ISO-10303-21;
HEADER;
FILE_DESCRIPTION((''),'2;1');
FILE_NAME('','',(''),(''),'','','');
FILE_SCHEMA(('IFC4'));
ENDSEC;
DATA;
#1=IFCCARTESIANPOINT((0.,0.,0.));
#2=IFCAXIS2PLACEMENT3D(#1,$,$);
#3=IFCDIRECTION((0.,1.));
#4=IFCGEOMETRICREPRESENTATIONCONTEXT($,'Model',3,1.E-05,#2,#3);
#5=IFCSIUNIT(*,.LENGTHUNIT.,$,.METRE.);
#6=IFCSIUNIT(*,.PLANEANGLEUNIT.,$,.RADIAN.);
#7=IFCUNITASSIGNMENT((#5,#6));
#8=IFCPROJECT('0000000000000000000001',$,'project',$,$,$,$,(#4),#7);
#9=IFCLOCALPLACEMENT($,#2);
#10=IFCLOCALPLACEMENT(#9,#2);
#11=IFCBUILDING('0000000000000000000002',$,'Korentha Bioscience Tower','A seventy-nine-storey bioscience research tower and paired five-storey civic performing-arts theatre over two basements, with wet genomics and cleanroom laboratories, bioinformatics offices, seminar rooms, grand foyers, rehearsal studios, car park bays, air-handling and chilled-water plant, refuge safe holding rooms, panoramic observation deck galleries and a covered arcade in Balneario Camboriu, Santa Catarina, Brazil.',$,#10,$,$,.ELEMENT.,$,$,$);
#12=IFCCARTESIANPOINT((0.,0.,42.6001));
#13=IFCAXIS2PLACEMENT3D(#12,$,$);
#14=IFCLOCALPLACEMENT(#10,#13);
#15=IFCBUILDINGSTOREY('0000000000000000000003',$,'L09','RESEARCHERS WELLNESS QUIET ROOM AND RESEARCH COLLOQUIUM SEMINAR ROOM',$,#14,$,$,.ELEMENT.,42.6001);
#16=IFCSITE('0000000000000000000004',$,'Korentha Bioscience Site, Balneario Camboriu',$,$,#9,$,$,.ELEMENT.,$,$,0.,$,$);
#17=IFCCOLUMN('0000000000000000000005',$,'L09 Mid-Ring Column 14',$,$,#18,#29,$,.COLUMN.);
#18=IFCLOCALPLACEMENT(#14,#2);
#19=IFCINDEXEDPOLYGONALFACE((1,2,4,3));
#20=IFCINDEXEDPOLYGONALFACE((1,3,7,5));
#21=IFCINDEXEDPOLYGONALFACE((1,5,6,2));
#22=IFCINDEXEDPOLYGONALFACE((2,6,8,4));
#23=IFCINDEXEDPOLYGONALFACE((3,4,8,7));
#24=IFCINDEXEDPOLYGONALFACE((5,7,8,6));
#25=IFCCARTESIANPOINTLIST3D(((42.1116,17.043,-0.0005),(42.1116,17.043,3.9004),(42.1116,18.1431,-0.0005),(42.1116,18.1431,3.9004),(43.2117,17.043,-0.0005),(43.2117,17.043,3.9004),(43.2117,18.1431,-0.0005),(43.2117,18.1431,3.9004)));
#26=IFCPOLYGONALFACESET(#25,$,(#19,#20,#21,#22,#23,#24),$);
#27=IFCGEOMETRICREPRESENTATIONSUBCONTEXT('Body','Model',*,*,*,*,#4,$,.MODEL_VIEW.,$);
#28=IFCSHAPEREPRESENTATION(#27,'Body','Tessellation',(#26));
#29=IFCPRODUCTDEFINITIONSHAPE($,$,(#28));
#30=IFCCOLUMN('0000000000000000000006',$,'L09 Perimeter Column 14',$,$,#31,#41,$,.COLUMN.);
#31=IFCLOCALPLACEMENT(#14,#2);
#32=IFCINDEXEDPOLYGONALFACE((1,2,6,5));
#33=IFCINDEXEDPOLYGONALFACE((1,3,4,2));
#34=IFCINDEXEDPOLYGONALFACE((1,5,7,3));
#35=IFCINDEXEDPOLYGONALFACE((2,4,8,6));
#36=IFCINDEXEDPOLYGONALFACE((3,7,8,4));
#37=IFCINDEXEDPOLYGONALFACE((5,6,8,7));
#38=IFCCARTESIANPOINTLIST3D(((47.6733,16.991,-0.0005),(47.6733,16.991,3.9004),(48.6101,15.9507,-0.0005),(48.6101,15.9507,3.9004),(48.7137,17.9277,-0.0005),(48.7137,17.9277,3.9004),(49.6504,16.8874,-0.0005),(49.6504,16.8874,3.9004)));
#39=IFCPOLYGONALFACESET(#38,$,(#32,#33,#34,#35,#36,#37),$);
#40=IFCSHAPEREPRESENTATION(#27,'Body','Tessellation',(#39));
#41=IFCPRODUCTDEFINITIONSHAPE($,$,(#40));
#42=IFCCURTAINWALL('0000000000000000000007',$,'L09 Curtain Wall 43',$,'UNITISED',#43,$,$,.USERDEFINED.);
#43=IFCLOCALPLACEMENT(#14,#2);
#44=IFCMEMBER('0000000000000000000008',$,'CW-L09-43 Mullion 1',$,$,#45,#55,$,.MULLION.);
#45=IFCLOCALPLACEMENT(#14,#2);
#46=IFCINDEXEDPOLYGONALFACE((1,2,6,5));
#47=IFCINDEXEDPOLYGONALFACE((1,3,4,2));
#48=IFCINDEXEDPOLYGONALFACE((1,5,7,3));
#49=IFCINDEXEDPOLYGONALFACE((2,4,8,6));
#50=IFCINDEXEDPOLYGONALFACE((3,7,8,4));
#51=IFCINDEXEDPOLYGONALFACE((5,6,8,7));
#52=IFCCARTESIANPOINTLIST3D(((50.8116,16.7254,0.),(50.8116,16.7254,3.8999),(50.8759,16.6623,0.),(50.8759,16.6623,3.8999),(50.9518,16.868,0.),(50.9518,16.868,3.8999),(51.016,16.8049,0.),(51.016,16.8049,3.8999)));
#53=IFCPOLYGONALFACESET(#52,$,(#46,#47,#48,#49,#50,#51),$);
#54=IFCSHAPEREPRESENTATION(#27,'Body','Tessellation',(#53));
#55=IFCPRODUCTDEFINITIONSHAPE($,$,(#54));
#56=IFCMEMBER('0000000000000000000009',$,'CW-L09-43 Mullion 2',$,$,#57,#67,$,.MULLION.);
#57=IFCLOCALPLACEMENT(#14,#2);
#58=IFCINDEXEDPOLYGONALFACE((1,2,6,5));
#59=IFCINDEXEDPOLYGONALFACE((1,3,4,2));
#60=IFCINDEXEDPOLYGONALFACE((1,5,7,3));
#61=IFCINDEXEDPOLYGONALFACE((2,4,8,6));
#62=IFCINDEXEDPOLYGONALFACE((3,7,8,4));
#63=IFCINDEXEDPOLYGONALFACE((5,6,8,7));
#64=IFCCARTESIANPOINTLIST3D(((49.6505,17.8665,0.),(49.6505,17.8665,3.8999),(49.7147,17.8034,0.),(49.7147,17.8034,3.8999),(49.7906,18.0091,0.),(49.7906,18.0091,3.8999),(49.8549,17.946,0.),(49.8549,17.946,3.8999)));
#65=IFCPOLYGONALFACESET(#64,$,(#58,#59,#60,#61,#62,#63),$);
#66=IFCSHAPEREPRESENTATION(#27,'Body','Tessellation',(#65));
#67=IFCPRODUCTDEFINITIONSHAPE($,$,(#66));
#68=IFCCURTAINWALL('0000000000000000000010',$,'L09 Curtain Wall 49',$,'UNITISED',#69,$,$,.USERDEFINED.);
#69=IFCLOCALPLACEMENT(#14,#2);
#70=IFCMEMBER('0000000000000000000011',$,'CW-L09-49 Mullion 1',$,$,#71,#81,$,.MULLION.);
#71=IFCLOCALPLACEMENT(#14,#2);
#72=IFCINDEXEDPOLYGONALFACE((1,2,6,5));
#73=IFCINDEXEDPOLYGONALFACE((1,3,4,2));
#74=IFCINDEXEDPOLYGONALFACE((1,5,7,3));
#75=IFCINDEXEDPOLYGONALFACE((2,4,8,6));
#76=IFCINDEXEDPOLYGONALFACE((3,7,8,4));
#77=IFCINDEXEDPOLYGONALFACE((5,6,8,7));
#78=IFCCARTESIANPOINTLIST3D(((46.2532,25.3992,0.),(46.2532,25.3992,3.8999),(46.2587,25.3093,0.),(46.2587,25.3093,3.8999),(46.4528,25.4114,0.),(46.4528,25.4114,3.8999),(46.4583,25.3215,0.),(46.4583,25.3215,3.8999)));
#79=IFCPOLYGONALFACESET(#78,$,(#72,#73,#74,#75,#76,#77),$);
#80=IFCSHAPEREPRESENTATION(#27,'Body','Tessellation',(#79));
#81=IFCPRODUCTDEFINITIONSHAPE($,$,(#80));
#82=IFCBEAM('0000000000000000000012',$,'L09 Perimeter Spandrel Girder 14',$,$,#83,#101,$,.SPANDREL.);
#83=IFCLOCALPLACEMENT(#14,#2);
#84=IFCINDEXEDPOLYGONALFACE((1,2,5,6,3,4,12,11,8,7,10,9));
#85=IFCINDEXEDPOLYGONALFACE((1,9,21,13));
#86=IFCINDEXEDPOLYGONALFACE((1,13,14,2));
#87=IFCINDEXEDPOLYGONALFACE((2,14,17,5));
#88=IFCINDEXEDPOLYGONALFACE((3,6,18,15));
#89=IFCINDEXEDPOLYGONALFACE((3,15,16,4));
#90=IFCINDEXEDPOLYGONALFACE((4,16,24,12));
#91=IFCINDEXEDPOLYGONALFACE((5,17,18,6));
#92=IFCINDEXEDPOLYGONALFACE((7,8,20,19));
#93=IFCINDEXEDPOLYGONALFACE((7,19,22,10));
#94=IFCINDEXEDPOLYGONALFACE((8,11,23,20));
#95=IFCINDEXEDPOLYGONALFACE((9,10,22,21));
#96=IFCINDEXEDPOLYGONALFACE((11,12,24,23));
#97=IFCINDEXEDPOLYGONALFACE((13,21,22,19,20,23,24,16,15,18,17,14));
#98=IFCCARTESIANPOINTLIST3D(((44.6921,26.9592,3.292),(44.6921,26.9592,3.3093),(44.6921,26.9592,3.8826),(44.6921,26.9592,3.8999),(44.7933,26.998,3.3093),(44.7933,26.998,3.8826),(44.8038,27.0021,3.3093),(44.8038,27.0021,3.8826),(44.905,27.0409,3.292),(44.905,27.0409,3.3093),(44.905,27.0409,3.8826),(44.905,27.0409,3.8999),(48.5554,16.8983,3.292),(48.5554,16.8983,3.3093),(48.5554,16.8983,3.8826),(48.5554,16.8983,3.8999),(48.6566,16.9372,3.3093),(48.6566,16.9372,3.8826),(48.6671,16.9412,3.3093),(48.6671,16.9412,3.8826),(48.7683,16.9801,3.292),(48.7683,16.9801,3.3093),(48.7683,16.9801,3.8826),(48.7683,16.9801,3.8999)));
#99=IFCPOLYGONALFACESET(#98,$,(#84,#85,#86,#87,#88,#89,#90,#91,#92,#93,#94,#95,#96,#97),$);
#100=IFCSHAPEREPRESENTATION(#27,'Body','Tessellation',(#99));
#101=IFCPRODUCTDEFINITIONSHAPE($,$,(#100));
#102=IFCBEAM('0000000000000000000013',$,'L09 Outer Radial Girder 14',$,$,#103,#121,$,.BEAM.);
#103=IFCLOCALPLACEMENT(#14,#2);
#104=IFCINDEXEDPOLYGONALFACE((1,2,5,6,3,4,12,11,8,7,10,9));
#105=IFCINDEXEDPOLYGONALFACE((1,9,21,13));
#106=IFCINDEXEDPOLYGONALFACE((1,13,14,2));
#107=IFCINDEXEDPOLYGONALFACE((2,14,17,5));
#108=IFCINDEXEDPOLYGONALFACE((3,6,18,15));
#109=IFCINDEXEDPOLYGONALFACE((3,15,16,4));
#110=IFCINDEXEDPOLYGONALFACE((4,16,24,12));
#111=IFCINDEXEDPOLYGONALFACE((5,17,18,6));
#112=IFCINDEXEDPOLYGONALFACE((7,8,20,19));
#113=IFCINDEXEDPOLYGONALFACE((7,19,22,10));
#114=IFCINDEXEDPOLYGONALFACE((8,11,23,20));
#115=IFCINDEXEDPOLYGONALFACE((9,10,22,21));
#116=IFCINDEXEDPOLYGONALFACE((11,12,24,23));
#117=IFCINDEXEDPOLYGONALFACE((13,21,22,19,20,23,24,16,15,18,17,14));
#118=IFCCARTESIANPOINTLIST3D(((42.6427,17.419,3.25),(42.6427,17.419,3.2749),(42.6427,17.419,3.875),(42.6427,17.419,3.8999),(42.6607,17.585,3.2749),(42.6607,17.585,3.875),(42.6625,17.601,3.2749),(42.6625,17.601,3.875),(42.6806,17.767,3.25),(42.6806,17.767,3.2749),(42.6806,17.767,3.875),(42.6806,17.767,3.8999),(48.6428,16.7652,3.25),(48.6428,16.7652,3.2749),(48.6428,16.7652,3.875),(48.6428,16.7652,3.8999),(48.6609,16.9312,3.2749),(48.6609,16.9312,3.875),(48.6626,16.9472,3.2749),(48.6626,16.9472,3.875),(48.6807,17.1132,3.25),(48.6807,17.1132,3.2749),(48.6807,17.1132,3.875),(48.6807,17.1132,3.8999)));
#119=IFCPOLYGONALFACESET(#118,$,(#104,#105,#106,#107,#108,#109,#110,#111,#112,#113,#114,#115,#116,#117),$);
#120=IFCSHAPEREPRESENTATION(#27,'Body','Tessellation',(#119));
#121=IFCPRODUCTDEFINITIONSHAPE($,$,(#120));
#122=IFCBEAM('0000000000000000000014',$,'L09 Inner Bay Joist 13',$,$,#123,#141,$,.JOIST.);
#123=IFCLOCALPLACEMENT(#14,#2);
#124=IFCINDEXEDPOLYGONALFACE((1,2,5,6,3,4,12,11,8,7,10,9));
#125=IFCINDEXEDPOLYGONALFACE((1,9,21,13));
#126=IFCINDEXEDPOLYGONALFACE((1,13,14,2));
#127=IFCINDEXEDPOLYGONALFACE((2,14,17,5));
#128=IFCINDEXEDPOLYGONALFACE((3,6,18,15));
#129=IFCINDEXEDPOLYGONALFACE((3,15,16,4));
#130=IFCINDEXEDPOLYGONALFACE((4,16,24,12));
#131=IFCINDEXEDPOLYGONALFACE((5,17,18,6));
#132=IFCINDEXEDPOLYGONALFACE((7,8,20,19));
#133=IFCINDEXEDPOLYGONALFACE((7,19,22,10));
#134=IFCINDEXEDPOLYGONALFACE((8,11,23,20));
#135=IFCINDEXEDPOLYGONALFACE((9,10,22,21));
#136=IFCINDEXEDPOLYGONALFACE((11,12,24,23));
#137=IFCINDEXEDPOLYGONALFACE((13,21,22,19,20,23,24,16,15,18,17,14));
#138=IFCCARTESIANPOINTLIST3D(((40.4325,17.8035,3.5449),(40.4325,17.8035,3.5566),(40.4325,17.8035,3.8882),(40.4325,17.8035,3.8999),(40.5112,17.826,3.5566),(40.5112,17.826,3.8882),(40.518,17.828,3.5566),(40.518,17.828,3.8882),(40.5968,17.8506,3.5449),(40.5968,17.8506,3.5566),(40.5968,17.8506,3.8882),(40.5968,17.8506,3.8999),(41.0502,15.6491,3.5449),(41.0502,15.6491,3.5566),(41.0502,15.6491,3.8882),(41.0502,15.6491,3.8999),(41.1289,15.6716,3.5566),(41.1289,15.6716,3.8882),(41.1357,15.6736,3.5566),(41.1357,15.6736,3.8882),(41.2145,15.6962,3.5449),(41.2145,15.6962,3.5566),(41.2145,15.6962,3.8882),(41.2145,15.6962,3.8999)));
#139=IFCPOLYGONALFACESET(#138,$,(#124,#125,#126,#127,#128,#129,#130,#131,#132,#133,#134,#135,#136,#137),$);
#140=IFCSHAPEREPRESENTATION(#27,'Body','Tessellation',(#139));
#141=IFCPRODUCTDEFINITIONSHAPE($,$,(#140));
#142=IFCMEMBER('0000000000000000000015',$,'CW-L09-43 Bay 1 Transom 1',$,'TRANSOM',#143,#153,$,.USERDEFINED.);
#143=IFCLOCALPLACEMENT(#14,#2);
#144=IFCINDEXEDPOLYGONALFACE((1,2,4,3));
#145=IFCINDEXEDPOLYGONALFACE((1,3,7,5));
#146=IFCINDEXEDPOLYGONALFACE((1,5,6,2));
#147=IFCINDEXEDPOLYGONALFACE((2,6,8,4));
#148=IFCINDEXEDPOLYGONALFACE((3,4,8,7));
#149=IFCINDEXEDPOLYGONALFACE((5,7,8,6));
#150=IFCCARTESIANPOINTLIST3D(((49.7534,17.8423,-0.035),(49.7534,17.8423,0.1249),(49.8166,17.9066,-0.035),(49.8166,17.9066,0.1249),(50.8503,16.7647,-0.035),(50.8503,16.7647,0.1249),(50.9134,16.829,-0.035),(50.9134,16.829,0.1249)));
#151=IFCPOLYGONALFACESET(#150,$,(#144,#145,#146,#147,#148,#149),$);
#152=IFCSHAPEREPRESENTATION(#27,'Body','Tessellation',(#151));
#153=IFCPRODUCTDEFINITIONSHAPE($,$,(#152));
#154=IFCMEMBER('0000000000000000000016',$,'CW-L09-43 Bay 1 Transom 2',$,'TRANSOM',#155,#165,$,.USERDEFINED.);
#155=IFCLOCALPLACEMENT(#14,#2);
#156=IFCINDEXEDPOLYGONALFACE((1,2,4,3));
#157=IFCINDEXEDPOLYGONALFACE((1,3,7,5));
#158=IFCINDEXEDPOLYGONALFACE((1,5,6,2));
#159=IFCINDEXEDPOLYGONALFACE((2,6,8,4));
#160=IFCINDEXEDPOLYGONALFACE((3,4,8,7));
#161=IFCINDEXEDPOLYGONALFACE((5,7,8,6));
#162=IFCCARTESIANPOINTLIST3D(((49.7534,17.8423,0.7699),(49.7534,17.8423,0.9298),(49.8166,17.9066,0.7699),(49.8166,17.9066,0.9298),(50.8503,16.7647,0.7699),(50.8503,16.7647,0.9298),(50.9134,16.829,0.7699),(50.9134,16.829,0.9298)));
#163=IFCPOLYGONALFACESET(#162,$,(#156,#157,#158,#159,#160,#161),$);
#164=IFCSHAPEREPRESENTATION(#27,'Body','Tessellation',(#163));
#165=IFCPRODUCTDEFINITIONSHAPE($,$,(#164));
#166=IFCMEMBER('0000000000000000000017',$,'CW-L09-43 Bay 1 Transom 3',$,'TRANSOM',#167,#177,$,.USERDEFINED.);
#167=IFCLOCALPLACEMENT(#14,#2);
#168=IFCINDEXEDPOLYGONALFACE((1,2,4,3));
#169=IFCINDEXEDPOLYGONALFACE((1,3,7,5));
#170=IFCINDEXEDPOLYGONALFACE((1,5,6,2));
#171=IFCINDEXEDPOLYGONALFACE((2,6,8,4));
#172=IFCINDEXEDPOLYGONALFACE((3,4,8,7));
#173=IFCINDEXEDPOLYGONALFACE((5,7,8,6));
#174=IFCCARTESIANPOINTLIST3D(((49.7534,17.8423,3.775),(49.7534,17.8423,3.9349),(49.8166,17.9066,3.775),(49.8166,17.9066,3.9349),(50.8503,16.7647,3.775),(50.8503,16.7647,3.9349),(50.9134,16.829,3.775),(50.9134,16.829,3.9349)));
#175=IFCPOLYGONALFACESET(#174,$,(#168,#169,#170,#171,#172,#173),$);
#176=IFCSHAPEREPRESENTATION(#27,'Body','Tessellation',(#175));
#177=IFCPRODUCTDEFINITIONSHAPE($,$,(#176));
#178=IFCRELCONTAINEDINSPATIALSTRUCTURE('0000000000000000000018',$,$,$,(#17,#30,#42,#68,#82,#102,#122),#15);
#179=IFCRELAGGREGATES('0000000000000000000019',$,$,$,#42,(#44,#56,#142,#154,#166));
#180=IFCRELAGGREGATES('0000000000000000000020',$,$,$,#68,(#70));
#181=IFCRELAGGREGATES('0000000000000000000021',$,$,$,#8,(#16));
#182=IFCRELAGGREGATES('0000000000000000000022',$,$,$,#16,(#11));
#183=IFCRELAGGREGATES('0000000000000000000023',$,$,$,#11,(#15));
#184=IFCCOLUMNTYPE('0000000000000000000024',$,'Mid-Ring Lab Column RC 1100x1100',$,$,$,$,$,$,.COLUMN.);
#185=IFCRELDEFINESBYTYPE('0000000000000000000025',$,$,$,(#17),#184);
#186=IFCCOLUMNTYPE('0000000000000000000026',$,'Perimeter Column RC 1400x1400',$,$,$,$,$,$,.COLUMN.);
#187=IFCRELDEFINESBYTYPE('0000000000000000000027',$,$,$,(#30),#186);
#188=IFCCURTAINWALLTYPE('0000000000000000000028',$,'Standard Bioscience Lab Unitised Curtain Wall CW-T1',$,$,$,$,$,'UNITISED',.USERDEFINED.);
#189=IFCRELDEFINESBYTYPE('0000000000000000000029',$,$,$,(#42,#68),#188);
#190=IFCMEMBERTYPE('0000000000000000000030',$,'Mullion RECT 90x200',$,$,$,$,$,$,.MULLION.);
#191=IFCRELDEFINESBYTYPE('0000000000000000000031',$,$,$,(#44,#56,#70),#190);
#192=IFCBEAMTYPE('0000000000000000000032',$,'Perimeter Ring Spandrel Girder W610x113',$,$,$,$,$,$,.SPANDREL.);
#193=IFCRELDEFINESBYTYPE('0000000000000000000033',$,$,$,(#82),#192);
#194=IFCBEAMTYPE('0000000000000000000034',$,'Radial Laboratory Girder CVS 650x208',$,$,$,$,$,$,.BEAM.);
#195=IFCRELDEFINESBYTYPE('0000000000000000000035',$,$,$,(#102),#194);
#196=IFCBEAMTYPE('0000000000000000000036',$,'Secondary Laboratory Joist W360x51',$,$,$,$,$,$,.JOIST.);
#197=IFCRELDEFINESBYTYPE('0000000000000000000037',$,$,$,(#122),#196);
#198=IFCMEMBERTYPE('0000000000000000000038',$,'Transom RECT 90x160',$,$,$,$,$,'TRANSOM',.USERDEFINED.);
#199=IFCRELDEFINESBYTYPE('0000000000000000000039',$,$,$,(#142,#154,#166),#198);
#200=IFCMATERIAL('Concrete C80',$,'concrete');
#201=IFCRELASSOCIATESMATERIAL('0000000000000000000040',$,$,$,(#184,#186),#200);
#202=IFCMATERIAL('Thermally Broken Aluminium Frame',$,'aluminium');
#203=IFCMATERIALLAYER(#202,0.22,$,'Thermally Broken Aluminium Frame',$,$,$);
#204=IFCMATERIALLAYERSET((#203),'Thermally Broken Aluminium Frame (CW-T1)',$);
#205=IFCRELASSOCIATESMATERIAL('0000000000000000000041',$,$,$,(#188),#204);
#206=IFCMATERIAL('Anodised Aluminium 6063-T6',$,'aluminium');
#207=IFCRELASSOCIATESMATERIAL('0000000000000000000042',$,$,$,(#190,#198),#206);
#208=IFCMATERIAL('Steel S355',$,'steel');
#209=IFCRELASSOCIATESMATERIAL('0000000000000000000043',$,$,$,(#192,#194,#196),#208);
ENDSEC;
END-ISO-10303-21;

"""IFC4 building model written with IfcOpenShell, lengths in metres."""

from ifc_helpers import new_model, si_unit, direction, frame, origin, origin_2d, place, context, subcontext, project, spatial, rectangle, i_section, extrude, material, layer, layer_set, material_profile, profile_set, type_object, element, aggregate, save


model = new_model("IFC4")

# Units and contexts
model_context = context("Model", 3, precision=1e-05, world=origin(), true_north=direction((0.0, 1.0)))
body_context = subcontext(model_context, "Body", "Model", "MODEL_VIEW")
ifc_project = project(units=[si_unit("LENGTHUNIT", "METRE"), si_unit("PLANEANGLEUNIT", "RADIAN")], contexts=[model_context])

# Site, building, storey
site_placement = place(None, origin())
site = spatial("IfcSite", under=ifc_project, at=site_placement, Name="Korentha Bioscience Site, Balneario Camboriu", CompositionType="ELEMENT", RefElevation=0.0)
building_placement = place(site_placement, origin())
building = spatial("IfcBuilding", under=site, at=building_placement, Name="Korentha Bioscience Tower", Description="A seventy-nine-storey bioscience research tower and paired five-storey civic performing-arts theatre over two basements, with wet genomics and cleanroom laboratories, bioinformatics offices, seminar rooms, grand foyers, rehearsal studios, car park bays, air-handling and chilled-water plant, refuge safe holding rooms, panoramic observation deck galleries and a covered arcade in Balneario Camboriu, Santa Catarina, Brazil.", CompositionType="ELEMENT")
storey_placement = place(building_placement, frame((0.0, 0.0, 42.6001)))
storey = spatial("IfcBuildingStorey", under=building, at=storey_placement, Name="L09", Description="RESEARCHERS WELLNESS QUIET ROOM AND RESEARCH COLLOQUIUM SEMINAR ROOM", CompositionType="ELEMENT", Elevation=42.6001)

# Columns
ifc_material_1 = material(Name="Concrete C80", Category="concrete")
ifc_material_profile_1 = material_profile(ifc_material_1, rectangle(XDim=1.1001, YDim=1.1001, at=origin_2d()), Name="Concrete C80")
ifc_profile_set_1 = profile_set([ifc_material_profile_1], Name="Concrete C80 (COL-MR11)")
column_type_1 = type_object("IfcColumnType", Name="Mid-Ring Lab Column RC 1100x1100", PredefinedType="COLUMN", material=ifc_profile_set_1)
column_1_placement = place(storey_placement, frame((42.6616, 17.593, -0.0005), z_axis=(0.0, 0.0, 1.0), x_axis=(1.0, 0.0, 0.0)))
element("IfcColumn", 1, at=column_1_placement, inside=storey, type_object=column_type_1, Name="L09 Mid-Ring Column 14", PredefinedType="COLUMN", context=body_context, shape_type="SweptSolid", body=[
    extrude(rectangle(XDim=1.1001, YDim=1.1001, at=origin_2d()), origin(), (0.0, 0.0, 1.0), 3.9009),
])
ifc_material_profile_2 = material_profile(ifc_material_1, rectangle(XDim=1.3999, YDim=1.3999, at=origin_2d()), Name="Concrete C80")
ifc_profile_set_2 = profile_set([ifc_material_profile_2], Name="Concrete C80 (COL-P14)")
column_type_2 = type_object("IfcColumnType", Name="Perimeter Column RC 1400x1400", PredefinedType="COLUMN", material=ifc_profile_set_2)
column_2_placement = place(storey_placement, frame((48.6619, 16.9392, -0.0005), z_axis=(0.0, 0.0, 1.0), x_axis=(-0.669131, 0.743145, 0.0)))
element("IfcColumn", 2, at=column_2_placement, inside=storey, type_object=column_type_2, Name="L09 Perimeter Column 14", PredefinedType="COLUMN", context=body_context, shape_type="SweptSolid", body=[
    extrude(rectangle(XDim=1.3999, YDim=1.3999, at=origin_2d()), origin(), (0.0, 0.0, 1.0), 3.9009),
])

# Curtain wall, members
ifc_material_2 = material(Name="Thermally Broken Aluminium Frame", Category="aluminium")
ifc_layer_1 = layer(ifc_material_2, 0.22, Name="Thermally Broken Aluminium Frame")
ifc_layer_set_1 = layer_set([ifc_layer_1], Name="Thermally Broken Aluminium Frame (CW-T1)")
curtain_wall_type = type_object("IfcCurtainWallType", Name="Standard Bioscience Lab Unitised Curtain Wall CW-T1", ElementType="UNITISED", PredefinedType="USERDEFINED", material=ifc_layer_set_1)
curtain_wall_1_placement = place(storey_placement, origin())
curtain_wall_1 = element("IfcCurtainWall", 3, at=curtain_wall_1_placement, inside=storey, type_object=curtain_wall_type, Name="L09 Curtain Wall 43", ObjectType="UNITISED", PredefinedType="USERDEFINED")
ifc_material_3 = material(Name="Anodised Aluminium 6063-T6", Category="aluminium")
ifc_material_profile_3 = material_profile(ifc_material_3, rectangle(XDim=0.0901, YDim=0.2, at=origin_2d()), Name="Anodised Aluminium 6063-T6")
ifc_profile_set_3 = profile_set([ifc_material_profile_3], Name="Anodised Aluminium 6063-T6 (CW-MUL)")
member_type_1 = type_object("IfcMemberType", Name="Mullion RECT 90x200", PredefinedType="MULLION", material=ifc_profile_set_3)
member_1_placement = place(storey_placement, frame((50.9138, 16.7651, 0.0), z_axis=(0.0, 0.0, 1.0), x_axis=(-0.713279, 0.70088, 0.0)))
member_1 = element("IfcMember", 4, at=member_1_placement, type_object=member_type_1, Name="CW-L09-43 Mullion 1", PredefinedType="MULLION", context=body_context, shape_type="SweptSolid", body=[
    extrude(rectangle(XDim=0.0901, YDim=0.2, at=origin_2d()), origin(), (0.0, 0.0, 1.0), 3.8999),
])
member_2_placement = place(storey_placement, frame((49.7527, 17.9062, 0.0), z_axis=(0.0, 0.0, 1.0), x_axis=(-0.713279, 0.70088, 0.0)))
member_2 = element("IfcMember", 5, at=member_2_placement, type_object=member_type_1, Name="CW-L09-43 Mullion 2", PredefinedType="MULLION", context=body_context, shape_type="SweptSolid", body=[
    extrude(rectangle(XDim=0.0901, YDim=0.2, at=origin_2d()), origin(), (0.0, 0.0, 1.0), 3.8999),
])

# Curtain wall, member
curtain_wall_2_placement = place(storey_placement, origin())
curtain_wall_2 = element("IfcCurtainWall", 6, at=curtain_wall_2_placement, inside=storey, type_object=curtain_wall_type, Name="L09 Curtain Wall 49", ObjectType="UNITISED", PredefinedType="USERDEFINED")
member_3_placement = place(storey_placement, frame((46.3557, 25.3604, 0.0), z_axis=(0.0, 0.0, 1.0), x_axis=(-0.061008, 0.998137, 0.0)))
member_3 = element("IfcMember", 7, at=member_3_placement, type_object=member_type_1, Name="CW-L09-49 Mullion 1", PredefinedType="MULLION", context=body_context, shape_type="SweptSolid", body=[
    extrude(rectangle(XDim=0.0901, YDim=0.2, at=origin_2d()), origin(), (0.0, 0.0, 1.0), 3.8999),
])

# Beams
ifc_material_4 = material(Name="Steel S355", Category="steel")
ifc_material_profile_4 = material_profile(ifc_material_4, i_section(OverallWidth=0.228, OverallDepth=0.6079, WebThickness=0.0112, FlangeThickness=0.0173, at=origin_2d()), Name="Steel S355")
ifc_profile_set_4 = profile_set([ifc_material_profile_4], Name="Steel S355 (SB-610)")
beam_type_1 = type_object("IfcBeamType", Name="Perimeter Ring Spandrel Girder W610x113", PredefinedType="SPANDREL", material=ifc_profile_set_4)
beam_1_placement = place(storey_placement, frame((48.6619, 16.9392, 3.5959), z_axis=(-0.358474, 0.93354, 0.0), x_axis=(-0.93354, -0.358474, 0.0)))
element("IfcBeam", 8, at=beam_1_placement, inside=storey, type_object=beam_type_1, Name="L09 Perimeter Spandrel Girder 14", PredefinedType="SPANDREL", context=body_context, shape_type="SweptSolid", body=[
    extrude(i_section(OverallWidth=0.228, OverallDepth=0.6079, WebThickness=0.0112, FlangeThickness=0.0173, at=origin_2d()), origin(), (0.0, 0.0, 1.0), 10.7771),
])
ifc_material_profile_5 = material_profile(ifc_material_4, i_section(OverallWidth=0.3501, OverallDepth=0.6499, WebThickness=0.0161, FlangeThickness=0.0249, at=origin_2d()), Name="Steel S355")
ifc_profile_set_5 = profile_set([ifc_material_profile_5], Name="Steel S355 (RB-650)")
beam_type_2 = type_object("IfcBeamType", Name="Radial Laboratory Girder CVS 650x208", PredefinedType="BEAM", material=ifc_profile_set_5)
beam_2_placement = place(storey_placement, frame((42.6616, 17.593, 3.575), z_axis=(0.994116, -0.108323, 0.0), x_axis=(0.108323, 0.994116, 0.0)))
element("IfcBeam", 9, at=beam_2_placement, inside=storey, type_object=beam_type_2, Name="L09 Outer Radial Girder 14", PredefinedType="BEAM", context=body_context, shape_type="SweptSolid", body=[
    extrude(i_section(OverallWidth=0.3501, OverallDepth=0.6499, WebThickness=0.0161, FlangeThickness=0.0249, at=origin_2d()), origin(), (0.0, 0.0, 1.0), 6.0356),
])
ifc_material_profile_6 = material_profile(ifc_material_4, i_section(OverallWidth=0.1709, OverallDepth=0.355, WebThickness=0.0071, FlangeThickness=0.0117, at=origin_2d()), Name="Steel S355")
ifc_profile_set_6 = profile_set([ifc_material_profile_6], Name="Steel S355 (JB-360)")
beam_type_3 = type_object("IfcBeamType", Name="Secondary Laboratory Joist W360x51", PredefinedType="JOIST", material=ifc_profile_set_6)
beam_3_placement = place(storey_placement, frame((41.1323, 15.6726, 3.7224), z_axis=(-0.275613, 0.961269, 0.0), x_axis=(-0.961269, -0.275613, 0.0)))
element("IfcBeam", 10, at=beam_3_placement, inside=storey, type_object=beam_type_3, Name="L09 Inner Bay Joist 13", PredefinedType="JOIST", context=body_context, shape_type="SweptSolid", body=[
    extrude(i_section(OverallWidth=0.1709, OverallDepth=0.355, WebThickness=0.0071, FlangeThickness=0.0117, at=origin_2d()), origin(), (0.0, 0.0, 1.0), 2.2412),
])

# Members
ifc_material_profile_7 = material_profile(ifc_material_3, rectangle(XDim=0.0901, YDim=0.1599, at=origin_2d()), Name="Anodised Aluminium 6063-T6")
ifc_profile_set_7 = profile_set([ifc_material_profile_7], Name="Anodised Aluminium 6063-T6 (CW-TRN)")
member_type_2 = type_object("IfcMemberType", Name="Transom RECT 90x160", ElementType="TRANSOM", PredefinedType="USERDEFINED", material=ifc_profile_set_7)
member_4_placement = place(storey_placement, frame((50.8818, 16.7969, 0.0449), z_axis=(-0.71335, 0.700808, 0.0), x_axis=(-0.700808, -0.71335, 0.0)))
member_4 = element("IfcMember", 11, at=member_4_placement, type_object=member_type_2, Name="CW-L09-43 Bay 1 Transom 1", ObjectType="TRANSOM", PredefinedType="USERDEFINED", context=body_context, shape_type="SweptSolid", body=[
    extrude(rectangle(XDim=0.0901, YDim=0.1599, at=origin_2d()), origin(), (0.0, 0.0, 1.0), 1.5376),
])
member_5_placement = place(storey_placement, frame((50.8818, 16.7969, 0.8499), z_axis=(-0.71335, 0.700808, 0.0), x_axis=(-0.700808, -0.71335, 0.0)))
member_5 = element("IfcMember", 12, at=member_5_placement, type_object=member_type_2, Name="CW-L09-43 Bay 1 Transom 2", ObjectType="TRANSOM", PredefinedType="USERDEFINED", context=body_context, shape_type="SweptSolid", body=[
    extrude(rectangle(XDim=0.0901, YDim=0.1599, at=origin_2d()), origin(), (0.0, 0.0, 1.0), 1.5376),
])
member_6_placement = place(storey_placement, frame((50.8818, 16.7969, 3.855), z_axis=(-0.71335, 0.700808, 0.0), x_axis=(-0.700808, -0.71335, 0.0)))
member_6 = element("IfcMember", 13, at=member_6_placement, type_object=member_type_2, Name="CW-L09-43 Bay 1 Transom 3", ObjectType="TRANSOM", PredefinedType="USERDEFINED", context=body_context, shape_type="SweptSolid", body=[
    extrude(rectangle(XDim=0.0901, YDim=0.1599, at=origin_2d()), origin(), (0.0, 0.0, 1.0), 1.5376),
])

aggregate(curtain_wall_1, [member_1, member_2, member_4, member_5, member_6])
aggregate(curtain_wall_2, [member_3])

save(model, "model.ifc")
